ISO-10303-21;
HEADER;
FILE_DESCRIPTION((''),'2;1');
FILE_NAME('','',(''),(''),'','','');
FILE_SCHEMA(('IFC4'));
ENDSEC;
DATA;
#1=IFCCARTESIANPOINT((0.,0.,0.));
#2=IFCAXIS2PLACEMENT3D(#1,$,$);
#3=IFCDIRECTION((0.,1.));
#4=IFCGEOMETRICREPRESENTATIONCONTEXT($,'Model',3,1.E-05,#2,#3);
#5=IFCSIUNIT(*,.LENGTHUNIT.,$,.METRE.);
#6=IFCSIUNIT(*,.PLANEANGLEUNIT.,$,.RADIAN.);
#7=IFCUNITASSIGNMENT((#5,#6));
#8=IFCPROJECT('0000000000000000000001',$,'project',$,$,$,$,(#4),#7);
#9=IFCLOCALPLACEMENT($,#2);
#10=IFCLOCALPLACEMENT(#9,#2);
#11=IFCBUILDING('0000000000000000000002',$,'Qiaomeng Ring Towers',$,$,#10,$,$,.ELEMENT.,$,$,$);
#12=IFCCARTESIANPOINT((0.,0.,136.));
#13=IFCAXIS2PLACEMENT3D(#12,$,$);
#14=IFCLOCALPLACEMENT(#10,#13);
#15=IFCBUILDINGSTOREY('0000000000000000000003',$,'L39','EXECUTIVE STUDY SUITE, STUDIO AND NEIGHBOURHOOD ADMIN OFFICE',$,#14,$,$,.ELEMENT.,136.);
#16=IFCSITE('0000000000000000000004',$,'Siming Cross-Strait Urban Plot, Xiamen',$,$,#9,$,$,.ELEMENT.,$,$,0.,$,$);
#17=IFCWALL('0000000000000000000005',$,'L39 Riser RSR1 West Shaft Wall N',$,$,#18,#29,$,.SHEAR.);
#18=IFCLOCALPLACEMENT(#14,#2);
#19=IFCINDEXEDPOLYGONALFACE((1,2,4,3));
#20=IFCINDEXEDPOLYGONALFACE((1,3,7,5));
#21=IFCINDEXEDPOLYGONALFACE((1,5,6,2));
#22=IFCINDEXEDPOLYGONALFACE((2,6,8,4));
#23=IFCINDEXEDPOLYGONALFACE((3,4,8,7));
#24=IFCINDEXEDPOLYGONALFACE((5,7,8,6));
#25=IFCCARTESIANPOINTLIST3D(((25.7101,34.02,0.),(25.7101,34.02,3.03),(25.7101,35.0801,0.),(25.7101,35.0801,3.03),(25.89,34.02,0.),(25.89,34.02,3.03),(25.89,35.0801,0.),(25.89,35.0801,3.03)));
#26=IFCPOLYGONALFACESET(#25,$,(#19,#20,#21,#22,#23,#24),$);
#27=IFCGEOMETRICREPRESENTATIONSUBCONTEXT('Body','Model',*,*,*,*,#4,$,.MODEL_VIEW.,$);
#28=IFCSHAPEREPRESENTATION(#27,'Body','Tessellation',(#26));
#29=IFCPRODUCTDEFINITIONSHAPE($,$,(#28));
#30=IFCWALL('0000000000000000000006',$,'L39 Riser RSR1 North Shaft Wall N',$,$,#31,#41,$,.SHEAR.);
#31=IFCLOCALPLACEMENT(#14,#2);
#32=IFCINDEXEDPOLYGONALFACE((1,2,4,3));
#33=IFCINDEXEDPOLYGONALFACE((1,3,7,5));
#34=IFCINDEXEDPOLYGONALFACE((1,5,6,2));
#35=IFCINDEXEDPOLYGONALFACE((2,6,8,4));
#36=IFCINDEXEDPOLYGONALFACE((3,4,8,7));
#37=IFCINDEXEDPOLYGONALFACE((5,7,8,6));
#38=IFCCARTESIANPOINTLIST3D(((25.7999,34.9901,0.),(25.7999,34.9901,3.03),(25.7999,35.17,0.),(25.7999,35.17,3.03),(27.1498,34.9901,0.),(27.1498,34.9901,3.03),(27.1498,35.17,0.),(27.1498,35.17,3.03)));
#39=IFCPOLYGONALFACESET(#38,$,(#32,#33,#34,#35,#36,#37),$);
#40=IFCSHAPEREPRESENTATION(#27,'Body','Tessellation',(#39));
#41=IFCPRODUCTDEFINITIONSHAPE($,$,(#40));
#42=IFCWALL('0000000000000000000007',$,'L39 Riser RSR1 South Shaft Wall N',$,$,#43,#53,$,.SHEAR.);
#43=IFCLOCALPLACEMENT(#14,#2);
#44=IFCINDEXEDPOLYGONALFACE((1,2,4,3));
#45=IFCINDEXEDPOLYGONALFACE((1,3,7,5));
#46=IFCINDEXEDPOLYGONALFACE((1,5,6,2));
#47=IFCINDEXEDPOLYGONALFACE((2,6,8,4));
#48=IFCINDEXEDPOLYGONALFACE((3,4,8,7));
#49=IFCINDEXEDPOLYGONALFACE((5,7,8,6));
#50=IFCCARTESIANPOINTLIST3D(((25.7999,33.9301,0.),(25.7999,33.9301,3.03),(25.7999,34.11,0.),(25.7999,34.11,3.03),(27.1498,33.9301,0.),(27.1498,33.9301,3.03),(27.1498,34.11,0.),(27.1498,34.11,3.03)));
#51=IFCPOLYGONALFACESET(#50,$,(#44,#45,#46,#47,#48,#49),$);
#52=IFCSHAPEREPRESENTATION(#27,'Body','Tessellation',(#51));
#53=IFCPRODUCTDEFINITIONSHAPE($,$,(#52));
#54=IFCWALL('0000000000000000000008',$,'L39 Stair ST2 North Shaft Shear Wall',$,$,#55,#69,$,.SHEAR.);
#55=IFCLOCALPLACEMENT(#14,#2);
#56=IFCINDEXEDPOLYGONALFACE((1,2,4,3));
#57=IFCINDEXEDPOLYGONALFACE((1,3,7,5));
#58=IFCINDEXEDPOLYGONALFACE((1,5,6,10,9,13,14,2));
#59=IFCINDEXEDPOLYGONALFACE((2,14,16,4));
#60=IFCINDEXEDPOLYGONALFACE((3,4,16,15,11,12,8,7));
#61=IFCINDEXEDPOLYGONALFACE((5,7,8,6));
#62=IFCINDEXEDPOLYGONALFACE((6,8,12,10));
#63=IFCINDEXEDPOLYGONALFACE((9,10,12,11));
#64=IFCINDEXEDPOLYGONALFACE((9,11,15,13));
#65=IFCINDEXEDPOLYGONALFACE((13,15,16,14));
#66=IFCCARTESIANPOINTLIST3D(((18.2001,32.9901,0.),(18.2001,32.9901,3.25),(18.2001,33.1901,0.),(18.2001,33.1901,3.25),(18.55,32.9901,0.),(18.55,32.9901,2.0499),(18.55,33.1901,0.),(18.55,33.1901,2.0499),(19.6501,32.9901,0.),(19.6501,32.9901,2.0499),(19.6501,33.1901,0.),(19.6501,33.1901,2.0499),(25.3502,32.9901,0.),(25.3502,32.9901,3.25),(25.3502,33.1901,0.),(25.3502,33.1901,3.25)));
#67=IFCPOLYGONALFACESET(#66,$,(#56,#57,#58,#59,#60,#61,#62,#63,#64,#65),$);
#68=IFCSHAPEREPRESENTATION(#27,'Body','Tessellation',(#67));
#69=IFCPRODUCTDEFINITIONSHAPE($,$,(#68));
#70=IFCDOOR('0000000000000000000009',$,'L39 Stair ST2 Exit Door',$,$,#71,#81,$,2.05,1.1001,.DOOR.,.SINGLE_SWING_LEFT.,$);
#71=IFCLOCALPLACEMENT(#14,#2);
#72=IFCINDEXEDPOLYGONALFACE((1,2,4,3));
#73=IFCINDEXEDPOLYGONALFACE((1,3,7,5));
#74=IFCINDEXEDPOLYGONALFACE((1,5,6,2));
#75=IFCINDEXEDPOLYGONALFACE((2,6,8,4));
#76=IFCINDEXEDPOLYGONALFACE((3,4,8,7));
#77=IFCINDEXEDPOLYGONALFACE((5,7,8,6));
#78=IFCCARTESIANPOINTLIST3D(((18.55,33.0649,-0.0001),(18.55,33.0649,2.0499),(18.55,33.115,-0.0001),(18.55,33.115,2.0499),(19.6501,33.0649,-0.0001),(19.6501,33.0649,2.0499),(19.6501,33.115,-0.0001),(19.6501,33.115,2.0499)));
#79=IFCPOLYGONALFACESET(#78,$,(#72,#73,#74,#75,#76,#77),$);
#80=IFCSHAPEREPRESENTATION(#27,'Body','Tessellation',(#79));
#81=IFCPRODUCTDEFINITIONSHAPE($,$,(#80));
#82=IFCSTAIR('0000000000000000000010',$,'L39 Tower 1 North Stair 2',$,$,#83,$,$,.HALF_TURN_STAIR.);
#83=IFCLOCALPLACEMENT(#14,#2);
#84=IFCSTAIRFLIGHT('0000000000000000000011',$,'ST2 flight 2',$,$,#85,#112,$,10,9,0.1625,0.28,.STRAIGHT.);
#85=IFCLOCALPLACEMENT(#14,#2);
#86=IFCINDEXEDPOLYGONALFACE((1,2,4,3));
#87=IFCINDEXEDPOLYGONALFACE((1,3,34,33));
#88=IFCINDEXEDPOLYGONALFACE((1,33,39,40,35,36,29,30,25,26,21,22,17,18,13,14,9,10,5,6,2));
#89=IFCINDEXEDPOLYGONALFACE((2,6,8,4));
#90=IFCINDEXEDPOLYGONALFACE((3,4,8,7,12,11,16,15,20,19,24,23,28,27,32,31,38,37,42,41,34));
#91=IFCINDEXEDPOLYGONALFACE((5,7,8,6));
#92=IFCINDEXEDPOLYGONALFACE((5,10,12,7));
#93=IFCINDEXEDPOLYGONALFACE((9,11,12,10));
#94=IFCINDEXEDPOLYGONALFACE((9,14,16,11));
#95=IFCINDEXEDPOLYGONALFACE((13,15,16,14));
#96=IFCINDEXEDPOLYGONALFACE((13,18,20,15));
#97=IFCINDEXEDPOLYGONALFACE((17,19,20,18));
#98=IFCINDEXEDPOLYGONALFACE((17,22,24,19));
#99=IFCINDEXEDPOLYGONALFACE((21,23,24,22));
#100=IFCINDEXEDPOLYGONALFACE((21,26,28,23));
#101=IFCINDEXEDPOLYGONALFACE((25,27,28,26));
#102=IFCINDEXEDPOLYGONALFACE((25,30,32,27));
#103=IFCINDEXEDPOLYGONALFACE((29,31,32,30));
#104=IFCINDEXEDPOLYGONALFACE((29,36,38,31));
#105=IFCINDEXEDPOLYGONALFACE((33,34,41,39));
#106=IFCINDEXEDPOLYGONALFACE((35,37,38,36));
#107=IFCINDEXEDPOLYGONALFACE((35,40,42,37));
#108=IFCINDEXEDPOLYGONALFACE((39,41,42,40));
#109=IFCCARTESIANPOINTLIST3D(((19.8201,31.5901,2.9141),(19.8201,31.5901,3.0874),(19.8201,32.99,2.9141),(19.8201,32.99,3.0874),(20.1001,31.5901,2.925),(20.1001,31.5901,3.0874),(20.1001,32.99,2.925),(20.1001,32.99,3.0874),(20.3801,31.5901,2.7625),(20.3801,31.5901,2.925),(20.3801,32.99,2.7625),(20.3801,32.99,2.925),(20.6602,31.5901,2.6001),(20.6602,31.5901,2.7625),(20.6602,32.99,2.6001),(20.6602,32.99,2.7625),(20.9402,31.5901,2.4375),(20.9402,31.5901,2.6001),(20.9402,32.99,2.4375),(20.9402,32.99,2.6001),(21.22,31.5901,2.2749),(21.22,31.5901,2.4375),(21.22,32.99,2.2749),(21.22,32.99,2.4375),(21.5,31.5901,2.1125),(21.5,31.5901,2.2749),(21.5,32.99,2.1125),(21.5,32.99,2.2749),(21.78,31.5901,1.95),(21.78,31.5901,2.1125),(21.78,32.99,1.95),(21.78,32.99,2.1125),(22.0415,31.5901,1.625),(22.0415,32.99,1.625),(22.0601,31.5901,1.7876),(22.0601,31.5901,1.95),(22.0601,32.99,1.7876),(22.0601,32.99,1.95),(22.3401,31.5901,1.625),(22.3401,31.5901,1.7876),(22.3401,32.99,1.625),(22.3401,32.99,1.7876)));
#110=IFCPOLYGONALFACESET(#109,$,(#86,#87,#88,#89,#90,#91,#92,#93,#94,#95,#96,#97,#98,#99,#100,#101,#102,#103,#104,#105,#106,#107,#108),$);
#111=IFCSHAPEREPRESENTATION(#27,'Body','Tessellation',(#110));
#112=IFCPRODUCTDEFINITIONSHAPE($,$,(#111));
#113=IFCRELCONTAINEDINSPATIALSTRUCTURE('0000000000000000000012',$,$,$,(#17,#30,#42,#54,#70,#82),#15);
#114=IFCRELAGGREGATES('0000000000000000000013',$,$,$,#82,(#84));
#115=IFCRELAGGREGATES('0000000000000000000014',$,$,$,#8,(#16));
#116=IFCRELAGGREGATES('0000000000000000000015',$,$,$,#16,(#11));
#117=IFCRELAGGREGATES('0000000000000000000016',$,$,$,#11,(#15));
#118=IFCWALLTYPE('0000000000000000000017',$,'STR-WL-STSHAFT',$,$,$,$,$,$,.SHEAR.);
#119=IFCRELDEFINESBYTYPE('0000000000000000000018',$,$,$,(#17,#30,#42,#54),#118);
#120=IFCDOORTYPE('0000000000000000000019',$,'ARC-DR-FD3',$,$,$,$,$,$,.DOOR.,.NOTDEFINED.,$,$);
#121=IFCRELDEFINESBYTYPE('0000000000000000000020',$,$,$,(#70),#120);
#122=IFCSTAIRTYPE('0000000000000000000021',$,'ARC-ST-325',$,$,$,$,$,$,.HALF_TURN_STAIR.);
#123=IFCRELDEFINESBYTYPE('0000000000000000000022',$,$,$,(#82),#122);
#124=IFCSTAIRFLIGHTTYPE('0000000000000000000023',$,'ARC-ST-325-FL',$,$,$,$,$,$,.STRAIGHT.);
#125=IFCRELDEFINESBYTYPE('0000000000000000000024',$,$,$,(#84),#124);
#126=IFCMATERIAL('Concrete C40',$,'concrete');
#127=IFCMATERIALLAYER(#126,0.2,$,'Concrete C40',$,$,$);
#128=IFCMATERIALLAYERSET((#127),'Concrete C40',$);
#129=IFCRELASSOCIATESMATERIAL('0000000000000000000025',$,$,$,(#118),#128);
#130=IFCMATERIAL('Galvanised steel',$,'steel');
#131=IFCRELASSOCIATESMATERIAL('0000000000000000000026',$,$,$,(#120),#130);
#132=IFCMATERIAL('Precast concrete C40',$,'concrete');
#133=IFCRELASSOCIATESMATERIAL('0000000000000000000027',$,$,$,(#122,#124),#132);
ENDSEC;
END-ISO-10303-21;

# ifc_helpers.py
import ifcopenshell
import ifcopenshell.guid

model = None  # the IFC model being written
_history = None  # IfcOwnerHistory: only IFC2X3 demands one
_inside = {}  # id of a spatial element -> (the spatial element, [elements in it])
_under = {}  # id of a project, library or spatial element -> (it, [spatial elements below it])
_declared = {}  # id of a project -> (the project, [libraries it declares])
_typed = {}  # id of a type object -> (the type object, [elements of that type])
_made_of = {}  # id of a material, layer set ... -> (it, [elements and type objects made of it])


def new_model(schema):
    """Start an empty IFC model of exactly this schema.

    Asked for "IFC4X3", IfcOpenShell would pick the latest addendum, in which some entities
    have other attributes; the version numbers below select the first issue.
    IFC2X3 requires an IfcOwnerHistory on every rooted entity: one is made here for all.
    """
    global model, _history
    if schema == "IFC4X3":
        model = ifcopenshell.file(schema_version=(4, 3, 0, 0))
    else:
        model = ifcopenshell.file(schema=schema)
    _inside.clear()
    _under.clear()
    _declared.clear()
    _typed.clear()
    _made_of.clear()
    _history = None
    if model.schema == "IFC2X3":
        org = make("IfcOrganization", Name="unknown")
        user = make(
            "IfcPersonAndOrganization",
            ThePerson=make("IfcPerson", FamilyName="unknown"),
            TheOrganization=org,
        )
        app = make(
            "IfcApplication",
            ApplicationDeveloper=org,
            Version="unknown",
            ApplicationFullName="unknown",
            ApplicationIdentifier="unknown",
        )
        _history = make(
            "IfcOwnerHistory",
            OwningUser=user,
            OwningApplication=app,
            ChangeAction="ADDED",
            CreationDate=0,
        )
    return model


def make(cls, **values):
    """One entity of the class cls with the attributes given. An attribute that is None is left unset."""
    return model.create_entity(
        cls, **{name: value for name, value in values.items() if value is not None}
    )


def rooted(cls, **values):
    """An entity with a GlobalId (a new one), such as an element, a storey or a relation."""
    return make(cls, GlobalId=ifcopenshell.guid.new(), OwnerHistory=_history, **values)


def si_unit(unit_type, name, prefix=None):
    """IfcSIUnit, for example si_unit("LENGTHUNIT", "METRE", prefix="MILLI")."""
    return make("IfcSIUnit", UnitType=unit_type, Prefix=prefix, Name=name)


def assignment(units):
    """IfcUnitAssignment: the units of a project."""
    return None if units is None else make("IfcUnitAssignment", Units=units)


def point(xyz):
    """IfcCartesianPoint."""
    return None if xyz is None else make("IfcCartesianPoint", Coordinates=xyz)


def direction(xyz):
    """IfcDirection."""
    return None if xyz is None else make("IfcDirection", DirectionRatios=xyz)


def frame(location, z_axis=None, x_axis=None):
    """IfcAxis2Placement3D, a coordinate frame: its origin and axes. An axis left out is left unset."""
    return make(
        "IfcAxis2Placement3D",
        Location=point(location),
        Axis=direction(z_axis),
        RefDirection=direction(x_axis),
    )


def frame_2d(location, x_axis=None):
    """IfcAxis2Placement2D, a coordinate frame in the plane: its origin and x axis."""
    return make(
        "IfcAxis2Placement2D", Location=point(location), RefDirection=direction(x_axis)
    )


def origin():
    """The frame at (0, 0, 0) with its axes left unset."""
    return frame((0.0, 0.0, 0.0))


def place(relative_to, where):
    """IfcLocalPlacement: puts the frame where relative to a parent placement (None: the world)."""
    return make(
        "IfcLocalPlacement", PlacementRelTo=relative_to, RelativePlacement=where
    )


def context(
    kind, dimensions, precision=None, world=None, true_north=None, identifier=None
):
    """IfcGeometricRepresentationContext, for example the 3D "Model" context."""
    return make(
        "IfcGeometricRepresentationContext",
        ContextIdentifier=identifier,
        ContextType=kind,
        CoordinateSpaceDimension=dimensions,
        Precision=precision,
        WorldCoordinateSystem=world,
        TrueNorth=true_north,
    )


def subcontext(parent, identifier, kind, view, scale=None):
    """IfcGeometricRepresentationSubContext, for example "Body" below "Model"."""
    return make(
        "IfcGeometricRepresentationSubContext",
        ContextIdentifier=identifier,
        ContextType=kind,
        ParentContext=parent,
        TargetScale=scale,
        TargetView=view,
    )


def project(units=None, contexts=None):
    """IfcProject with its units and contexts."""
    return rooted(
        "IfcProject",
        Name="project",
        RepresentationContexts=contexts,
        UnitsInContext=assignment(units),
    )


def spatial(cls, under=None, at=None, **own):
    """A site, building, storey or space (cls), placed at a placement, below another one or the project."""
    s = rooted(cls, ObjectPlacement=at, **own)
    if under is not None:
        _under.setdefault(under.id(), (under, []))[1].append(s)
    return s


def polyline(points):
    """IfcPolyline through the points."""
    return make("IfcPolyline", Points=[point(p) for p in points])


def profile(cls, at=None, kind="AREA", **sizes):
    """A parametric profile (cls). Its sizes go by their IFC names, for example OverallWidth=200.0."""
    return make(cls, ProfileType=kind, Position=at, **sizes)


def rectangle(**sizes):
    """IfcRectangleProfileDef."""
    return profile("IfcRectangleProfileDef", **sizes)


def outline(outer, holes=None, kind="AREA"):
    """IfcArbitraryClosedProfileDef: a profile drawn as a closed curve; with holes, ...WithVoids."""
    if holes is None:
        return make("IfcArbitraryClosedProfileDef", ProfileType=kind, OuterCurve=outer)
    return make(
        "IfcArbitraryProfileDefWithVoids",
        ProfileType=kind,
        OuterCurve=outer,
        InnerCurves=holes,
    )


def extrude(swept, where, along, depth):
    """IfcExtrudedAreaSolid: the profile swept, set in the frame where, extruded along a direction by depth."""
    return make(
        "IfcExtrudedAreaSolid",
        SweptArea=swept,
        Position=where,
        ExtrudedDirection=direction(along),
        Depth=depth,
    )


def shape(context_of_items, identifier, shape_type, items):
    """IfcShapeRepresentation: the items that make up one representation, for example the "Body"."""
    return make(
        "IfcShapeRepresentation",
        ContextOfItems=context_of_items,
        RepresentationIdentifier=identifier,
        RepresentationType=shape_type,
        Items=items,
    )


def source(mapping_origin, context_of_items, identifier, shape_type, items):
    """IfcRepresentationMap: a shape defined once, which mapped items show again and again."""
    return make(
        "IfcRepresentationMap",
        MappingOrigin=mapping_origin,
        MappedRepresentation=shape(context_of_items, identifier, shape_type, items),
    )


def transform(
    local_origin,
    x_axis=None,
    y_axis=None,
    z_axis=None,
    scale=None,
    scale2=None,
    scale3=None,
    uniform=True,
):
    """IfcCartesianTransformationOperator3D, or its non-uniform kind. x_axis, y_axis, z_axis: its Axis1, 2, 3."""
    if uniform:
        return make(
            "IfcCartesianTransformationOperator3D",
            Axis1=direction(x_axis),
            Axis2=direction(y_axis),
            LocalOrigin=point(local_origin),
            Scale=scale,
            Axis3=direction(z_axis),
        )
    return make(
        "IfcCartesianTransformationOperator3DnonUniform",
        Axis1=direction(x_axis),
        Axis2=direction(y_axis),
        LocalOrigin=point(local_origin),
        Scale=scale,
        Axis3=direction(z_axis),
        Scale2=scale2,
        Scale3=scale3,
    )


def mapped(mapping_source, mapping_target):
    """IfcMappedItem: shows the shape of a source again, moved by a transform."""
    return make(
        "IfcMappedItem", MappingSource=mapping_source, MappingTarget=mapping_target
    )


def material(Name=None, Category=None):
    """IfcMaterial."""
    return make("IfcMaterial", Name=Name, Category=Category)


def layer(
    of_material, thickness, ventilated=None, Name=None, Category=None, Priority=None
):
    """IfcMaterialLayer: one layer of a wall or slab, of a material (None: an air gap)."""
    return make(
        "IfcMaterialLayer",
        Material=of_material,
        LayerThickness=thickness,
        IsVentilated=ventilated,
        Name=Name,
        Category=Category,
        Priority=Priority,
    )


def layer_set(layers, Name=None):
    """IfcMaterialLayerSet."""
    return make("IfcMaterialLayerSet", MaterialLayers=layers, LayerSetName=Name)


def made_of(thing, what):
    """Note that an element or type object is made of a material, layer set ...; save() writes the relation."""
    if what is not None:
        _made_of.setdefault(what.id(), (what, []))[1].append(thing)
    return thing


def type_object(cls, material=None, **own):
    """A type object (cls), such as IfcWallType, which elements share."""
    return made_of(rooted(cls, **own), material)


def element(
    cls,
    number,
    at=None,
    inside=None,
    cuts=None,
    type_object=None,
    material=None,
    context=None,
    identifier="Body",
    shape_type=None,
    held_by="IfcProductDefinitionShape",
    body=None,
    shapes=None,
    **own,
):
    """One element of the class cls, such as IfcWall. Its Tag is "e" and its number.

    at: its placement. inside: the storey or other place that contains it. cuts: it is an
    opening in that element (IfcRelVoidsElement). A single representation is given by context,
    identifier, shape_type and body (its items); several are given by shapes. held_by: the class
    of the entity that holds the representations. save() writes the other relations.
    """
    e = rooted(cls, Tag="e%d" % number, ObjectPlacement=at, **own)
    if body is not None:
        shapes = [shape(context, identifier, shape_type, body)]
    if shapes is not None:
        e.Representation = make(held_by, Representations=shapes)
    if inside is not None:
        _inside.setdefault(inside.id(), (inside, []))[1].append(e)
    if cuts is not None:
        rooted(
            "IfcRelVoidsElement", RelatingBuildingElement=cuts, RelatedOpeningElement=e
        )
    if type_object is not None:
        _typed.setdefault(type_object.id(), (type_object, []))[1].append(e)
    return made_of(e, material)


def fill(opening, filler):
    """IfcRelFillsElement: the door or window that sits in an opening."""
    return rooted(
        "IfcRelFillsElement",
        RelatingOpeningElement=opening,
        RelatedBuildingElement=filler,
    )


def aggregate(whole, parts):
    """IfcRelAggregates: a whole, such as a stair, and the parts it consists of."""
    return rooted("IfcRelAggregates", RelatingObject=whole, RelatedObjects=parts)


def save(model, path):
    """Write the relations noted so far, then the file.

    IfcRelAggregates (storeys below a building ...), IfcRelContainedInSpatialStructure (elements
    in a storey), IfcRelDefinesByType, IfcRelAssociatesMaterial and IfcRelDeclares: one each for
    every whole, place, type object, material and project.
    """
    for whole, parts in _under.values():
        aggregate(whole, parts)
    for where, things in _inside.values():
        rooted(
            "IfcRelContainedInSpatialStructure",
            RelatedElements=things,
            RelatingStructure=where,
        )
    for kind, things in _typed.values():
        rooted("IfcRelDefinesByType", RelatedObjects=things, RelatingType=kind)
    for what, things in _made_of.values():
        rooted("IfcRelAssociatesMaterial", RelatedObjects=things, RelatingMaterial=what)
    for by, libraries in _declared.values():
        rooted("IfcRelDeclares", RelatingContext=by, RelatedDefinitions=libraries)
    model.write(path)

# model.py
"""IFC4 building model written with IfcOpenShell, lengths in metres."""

from ifc_helpers import new_model, si_unit, direction, frame, frame_2d, origin, place, context, subcontext, project, spatial, polyline, rectangle, outline, extrude, source, transform, mapped, material, layer, layer_set, type_object, element, fill, aggregate, save


model = new_model("IFC4")

# Units and contexts
model_context = context("Model", 3, precision=1e-05, world=origin(), true_north=direction((0.0, 1.0)))
body_context = subcontext(model_context, "Body", "Model", "MODEL_VIEW")
ifc_project = project(units=[si_unit("LENGTHUNIT", "METRE"), si_unit("PLANEANGLEUNIT", "RADIAN")], contexts=[model_context])

# Site, building, storey
site_placement = place(None, origin())
site = spatial("IfcSite", under=ifc_project, at=site_placement, Name="Siming Cross-Strait Urban Plot, Xiamen", CompositionType="ELEMENT", RefElevation=0.0)
building_placement = place(site_placement, origin())
building = spatial("IfcBuilding", under=site, at=building_placement, Name="Qiaomeng Ring Towers", CompositionType="ELEMENT")
storey_placement = place(building_placement, frame((0.0, 0.0, 136.0)))
storey = spatial("IfcBuildingStorey", under=building, at=storey_placement, Name="L39", Description="EXECUTIVE STUDY SUITE, STUDIO AND NEIGHBOURHOOD ADMIN OFFICE", CompositionType="ELEMENT", Elevation=136.0)

# Walls
ifc_material_1 = material(Name="Concrete C40", Category="concrete")
ifc_layer_1 = layer(ifc_material_1, 0.2, Name="Concrete C40")
ifc_layer_set_1 = layer_set([ifc_layer_1], Name="Concrete C40")
wall_type_1 = type_object("IfcWallType", Name="STR-WL-STSHAFT", PredefinedType="SHEAR", material=ifc_layer_set_1)
wall_1_placement = place(storey_placement, frame((25.8, 34.02, 0.0), z_axis=(0.0, 0.0, 1.0), x_axis=(0.0, 1.0, 0.0)))
element("IfcWall", 1, at=wall_1_placement, inside=storey, type_object=wall_type_1, Name="L39 Riser RSR1 West Shaft Wall N", PredefinedType="SHEAR", context=body_context, shape_type="SweptSolid", body=[
    extrude(rectangle(XDim=1.0601, YDim=0.1799, at=frame_2d((0.53, 0.0))), origin(), (0.0, 0.0, 1.0), 3.03),
])
for number, where, z_axis, x_axis, name in (
    (2, (25.8, 35.0801, 0.0), (0.0, 0.0, 1.0), (1.0, 0.0, 0.0), "L39 Riser RSR1 North Shaft Wall N"),
    (3, (25.8, 34.02, 0.0), (0.0, 0.0, 1.0), (1.0, 0.0, 0.0), "L39 Riser RSR1 South Shaft Wall N"),
):
    element("IfcWall", number, at=place(storey_placement, frame(where, z_axis=z_axis, x_axis=x_axis)), inside=storey, type_object=wall_type_1, Name=name, PredefinedType="SHEAR", context=body_context, shape_type="SweptSolid", body=[
        extrude(rectangle(XDim=1.3499, YDim=0.1799, at=frame_2d((0.6748, 0.0))), origin(), (0.0, 0.0, 1.0), 3.03),
    ])

# Wall, opening, door
wall_2_placement = place(storey_placement, frame((18.2, 33.0901, 0.0), z_axis=(0.0, 0.0, 1.0), x_axis=(1.0, 0.0, 0.0)))
wall_2 = element("IfcWall", 4, at=wall_2_placement, inside=storey, type_object=wall_type_1, Name="L39 Stair ST2 North Shaft Shear Wall", PredefinedType="SHEAR", context=body_context, shape_type="SweptSolid", body=[
    extrude(rectangle(XDim=7.1501, YDim=0.2, at=frame_2d((3.5752, 0.0))), origin(), (0.0, 0.0, 1.0), 3.25),
])
opening_placement = place(wall_2_placement, frame((0.3501, 0.0, 0.0)))
opening = element("IfcOpeningElement", 5, at=opening_placement, cuts=wall_2, PredefinedType="OPENING", context=body_context, shape_type="SweptSolid", body=[
    extrude(rectangle(XDim=1.1001, YDim=2.05, at=frame_2d((0.55, 1.0249))), frame((0.0, 0.1099, 0.0), z_axis=(0.0, -1.0, 0.0), x_axis=(1.0, 0.0, 0.0)), (0.0, 0.0, 1.0), 0.22),
])
ifc_material_2 = material(Name="Galvanised steel", Category="steel")
door_type = type_object("IfcDoorType", Name="ARC-DR-FD3", OperationType="NOTDEFINED", PredefinedType="DOOR", material=ifc_material_2)
shared_shape_1 = source(origin(), body_context, "Body", "SweptSolid", [
    extrude(rectangle(XDim=1.1001, YDim=2.05, at=frame_2d((0.55, 1.0249))), frame((0.0, 0.0249, 0.0), z_axis=(0.0, -1.0, 0.0), x_axis=(1.0, 0.0, 0.0)), (0.0, 0.0, 1.0), 0.05),
])
door_placement = place(opening_placement, origin())
door = element("IfcDoor", 6, at=door_placement, inside=storey, type_object=door_type, Name="L39 Stair ST2 Exit Door", OperationType="SINGLE_SWING_LEFT", OverallHeight=2.05, OverallWidth=1.1001, PredefinedType="DOOR", context=body_context, shape_type="MappedRepresentation", body=[
    mapped(shared_shape_1, transform((0.0, 0.0, 0.0), x_axis=(1.0, 0.0, 0.0), y_axis=(0.0, 1.0, 0.0), z_axis=(0.0, 0.0, 1.0), scale=1.0)),
])
fill(opening, door)

# Stair, stair flight
ifc_material_3 = material(Name="Precast concrete C40", Category="concrete")
stair_type = type_object("IfcStairType", Name="ARC-ST-325", PredefinedType="HALF_TURN_STAIR", material=ifc_material_3)
stair_placement = place(storey_placement, origin())
stair = element("IfcStair", 7, at=stair_placement, inside=storey, type_object=stair_type, Name="L39 Tower 1 North Stair 2", PredefinedType="HALF_TURN_STAIR")
stair_flight_type = type_object("IfcStairFlightType", Name="ARC-ST-325-FL", PredefinedType="STRAIGHT", material=ifc_material_3)
shared_shape_2 = source(origin(), body_context, "Body", "SweptSolid", [
    extrude(outline(polyline([(0.0, 0.0), (0.0, 0.1626), (0.28, 0.1626), (0.28, 0.325), (0.5601, 0.325), (0.5601, 0.4875), (0.8401, 0.4875), (0.8401, 0.6499), (1.1201, 0.6499), (1.1201, 0.8125), (1.3999, 0.8125), (1.3999, 0.9751), (1.6799, 0.9751), (1.6799, 1.1375), (1.96, 1.1375), (1.96, 1.3), (2.24, 1.3), (2.24, 1.4624), (2.52, 1.4624), (2.52, 1.625), (2.52, 1.2891), (0.2986, 0.0), (0.0, 0.0)])), frame((0.0, 0.7, 0.0), z_axis=(0.0, -1.0, 0.0), x_axis=(1.0, 0.0, 0.0)), (0.0, 0.0, 1.0), 1.3999),
])
stair_flight_placement = place(storey_placement, frame((22.3401, 32.29, 1.625), z_axis=(0.0, 0.0, 1.0), x_axis=(-1.0, 0.0, 0.0)))
stair_flight = element("IfcStairFlight", 8, at=stair_flight_placement, type_object=stair_flight_type, Name="ST2 flight 2", NumberOfRisers=10, NumberOfTreads=9, PredefinedType="STRAIGHT", RiserHeight=0.1625, TreadLength=0.28, context=body_context, shape_type="MappedRepresentation", body=[
    mapped(shared_shape_2, transform((0.0, 0.0, 0.0), x_axis=(1.0, 0.0, 0.0), y_axis=(0.0, 1.0, 0.0), z_axis=(0.0, 0.0, 1.0), scale=1.0)),
])
aggregate(stair, [stair_flight])

save(model, "model.ifc")
